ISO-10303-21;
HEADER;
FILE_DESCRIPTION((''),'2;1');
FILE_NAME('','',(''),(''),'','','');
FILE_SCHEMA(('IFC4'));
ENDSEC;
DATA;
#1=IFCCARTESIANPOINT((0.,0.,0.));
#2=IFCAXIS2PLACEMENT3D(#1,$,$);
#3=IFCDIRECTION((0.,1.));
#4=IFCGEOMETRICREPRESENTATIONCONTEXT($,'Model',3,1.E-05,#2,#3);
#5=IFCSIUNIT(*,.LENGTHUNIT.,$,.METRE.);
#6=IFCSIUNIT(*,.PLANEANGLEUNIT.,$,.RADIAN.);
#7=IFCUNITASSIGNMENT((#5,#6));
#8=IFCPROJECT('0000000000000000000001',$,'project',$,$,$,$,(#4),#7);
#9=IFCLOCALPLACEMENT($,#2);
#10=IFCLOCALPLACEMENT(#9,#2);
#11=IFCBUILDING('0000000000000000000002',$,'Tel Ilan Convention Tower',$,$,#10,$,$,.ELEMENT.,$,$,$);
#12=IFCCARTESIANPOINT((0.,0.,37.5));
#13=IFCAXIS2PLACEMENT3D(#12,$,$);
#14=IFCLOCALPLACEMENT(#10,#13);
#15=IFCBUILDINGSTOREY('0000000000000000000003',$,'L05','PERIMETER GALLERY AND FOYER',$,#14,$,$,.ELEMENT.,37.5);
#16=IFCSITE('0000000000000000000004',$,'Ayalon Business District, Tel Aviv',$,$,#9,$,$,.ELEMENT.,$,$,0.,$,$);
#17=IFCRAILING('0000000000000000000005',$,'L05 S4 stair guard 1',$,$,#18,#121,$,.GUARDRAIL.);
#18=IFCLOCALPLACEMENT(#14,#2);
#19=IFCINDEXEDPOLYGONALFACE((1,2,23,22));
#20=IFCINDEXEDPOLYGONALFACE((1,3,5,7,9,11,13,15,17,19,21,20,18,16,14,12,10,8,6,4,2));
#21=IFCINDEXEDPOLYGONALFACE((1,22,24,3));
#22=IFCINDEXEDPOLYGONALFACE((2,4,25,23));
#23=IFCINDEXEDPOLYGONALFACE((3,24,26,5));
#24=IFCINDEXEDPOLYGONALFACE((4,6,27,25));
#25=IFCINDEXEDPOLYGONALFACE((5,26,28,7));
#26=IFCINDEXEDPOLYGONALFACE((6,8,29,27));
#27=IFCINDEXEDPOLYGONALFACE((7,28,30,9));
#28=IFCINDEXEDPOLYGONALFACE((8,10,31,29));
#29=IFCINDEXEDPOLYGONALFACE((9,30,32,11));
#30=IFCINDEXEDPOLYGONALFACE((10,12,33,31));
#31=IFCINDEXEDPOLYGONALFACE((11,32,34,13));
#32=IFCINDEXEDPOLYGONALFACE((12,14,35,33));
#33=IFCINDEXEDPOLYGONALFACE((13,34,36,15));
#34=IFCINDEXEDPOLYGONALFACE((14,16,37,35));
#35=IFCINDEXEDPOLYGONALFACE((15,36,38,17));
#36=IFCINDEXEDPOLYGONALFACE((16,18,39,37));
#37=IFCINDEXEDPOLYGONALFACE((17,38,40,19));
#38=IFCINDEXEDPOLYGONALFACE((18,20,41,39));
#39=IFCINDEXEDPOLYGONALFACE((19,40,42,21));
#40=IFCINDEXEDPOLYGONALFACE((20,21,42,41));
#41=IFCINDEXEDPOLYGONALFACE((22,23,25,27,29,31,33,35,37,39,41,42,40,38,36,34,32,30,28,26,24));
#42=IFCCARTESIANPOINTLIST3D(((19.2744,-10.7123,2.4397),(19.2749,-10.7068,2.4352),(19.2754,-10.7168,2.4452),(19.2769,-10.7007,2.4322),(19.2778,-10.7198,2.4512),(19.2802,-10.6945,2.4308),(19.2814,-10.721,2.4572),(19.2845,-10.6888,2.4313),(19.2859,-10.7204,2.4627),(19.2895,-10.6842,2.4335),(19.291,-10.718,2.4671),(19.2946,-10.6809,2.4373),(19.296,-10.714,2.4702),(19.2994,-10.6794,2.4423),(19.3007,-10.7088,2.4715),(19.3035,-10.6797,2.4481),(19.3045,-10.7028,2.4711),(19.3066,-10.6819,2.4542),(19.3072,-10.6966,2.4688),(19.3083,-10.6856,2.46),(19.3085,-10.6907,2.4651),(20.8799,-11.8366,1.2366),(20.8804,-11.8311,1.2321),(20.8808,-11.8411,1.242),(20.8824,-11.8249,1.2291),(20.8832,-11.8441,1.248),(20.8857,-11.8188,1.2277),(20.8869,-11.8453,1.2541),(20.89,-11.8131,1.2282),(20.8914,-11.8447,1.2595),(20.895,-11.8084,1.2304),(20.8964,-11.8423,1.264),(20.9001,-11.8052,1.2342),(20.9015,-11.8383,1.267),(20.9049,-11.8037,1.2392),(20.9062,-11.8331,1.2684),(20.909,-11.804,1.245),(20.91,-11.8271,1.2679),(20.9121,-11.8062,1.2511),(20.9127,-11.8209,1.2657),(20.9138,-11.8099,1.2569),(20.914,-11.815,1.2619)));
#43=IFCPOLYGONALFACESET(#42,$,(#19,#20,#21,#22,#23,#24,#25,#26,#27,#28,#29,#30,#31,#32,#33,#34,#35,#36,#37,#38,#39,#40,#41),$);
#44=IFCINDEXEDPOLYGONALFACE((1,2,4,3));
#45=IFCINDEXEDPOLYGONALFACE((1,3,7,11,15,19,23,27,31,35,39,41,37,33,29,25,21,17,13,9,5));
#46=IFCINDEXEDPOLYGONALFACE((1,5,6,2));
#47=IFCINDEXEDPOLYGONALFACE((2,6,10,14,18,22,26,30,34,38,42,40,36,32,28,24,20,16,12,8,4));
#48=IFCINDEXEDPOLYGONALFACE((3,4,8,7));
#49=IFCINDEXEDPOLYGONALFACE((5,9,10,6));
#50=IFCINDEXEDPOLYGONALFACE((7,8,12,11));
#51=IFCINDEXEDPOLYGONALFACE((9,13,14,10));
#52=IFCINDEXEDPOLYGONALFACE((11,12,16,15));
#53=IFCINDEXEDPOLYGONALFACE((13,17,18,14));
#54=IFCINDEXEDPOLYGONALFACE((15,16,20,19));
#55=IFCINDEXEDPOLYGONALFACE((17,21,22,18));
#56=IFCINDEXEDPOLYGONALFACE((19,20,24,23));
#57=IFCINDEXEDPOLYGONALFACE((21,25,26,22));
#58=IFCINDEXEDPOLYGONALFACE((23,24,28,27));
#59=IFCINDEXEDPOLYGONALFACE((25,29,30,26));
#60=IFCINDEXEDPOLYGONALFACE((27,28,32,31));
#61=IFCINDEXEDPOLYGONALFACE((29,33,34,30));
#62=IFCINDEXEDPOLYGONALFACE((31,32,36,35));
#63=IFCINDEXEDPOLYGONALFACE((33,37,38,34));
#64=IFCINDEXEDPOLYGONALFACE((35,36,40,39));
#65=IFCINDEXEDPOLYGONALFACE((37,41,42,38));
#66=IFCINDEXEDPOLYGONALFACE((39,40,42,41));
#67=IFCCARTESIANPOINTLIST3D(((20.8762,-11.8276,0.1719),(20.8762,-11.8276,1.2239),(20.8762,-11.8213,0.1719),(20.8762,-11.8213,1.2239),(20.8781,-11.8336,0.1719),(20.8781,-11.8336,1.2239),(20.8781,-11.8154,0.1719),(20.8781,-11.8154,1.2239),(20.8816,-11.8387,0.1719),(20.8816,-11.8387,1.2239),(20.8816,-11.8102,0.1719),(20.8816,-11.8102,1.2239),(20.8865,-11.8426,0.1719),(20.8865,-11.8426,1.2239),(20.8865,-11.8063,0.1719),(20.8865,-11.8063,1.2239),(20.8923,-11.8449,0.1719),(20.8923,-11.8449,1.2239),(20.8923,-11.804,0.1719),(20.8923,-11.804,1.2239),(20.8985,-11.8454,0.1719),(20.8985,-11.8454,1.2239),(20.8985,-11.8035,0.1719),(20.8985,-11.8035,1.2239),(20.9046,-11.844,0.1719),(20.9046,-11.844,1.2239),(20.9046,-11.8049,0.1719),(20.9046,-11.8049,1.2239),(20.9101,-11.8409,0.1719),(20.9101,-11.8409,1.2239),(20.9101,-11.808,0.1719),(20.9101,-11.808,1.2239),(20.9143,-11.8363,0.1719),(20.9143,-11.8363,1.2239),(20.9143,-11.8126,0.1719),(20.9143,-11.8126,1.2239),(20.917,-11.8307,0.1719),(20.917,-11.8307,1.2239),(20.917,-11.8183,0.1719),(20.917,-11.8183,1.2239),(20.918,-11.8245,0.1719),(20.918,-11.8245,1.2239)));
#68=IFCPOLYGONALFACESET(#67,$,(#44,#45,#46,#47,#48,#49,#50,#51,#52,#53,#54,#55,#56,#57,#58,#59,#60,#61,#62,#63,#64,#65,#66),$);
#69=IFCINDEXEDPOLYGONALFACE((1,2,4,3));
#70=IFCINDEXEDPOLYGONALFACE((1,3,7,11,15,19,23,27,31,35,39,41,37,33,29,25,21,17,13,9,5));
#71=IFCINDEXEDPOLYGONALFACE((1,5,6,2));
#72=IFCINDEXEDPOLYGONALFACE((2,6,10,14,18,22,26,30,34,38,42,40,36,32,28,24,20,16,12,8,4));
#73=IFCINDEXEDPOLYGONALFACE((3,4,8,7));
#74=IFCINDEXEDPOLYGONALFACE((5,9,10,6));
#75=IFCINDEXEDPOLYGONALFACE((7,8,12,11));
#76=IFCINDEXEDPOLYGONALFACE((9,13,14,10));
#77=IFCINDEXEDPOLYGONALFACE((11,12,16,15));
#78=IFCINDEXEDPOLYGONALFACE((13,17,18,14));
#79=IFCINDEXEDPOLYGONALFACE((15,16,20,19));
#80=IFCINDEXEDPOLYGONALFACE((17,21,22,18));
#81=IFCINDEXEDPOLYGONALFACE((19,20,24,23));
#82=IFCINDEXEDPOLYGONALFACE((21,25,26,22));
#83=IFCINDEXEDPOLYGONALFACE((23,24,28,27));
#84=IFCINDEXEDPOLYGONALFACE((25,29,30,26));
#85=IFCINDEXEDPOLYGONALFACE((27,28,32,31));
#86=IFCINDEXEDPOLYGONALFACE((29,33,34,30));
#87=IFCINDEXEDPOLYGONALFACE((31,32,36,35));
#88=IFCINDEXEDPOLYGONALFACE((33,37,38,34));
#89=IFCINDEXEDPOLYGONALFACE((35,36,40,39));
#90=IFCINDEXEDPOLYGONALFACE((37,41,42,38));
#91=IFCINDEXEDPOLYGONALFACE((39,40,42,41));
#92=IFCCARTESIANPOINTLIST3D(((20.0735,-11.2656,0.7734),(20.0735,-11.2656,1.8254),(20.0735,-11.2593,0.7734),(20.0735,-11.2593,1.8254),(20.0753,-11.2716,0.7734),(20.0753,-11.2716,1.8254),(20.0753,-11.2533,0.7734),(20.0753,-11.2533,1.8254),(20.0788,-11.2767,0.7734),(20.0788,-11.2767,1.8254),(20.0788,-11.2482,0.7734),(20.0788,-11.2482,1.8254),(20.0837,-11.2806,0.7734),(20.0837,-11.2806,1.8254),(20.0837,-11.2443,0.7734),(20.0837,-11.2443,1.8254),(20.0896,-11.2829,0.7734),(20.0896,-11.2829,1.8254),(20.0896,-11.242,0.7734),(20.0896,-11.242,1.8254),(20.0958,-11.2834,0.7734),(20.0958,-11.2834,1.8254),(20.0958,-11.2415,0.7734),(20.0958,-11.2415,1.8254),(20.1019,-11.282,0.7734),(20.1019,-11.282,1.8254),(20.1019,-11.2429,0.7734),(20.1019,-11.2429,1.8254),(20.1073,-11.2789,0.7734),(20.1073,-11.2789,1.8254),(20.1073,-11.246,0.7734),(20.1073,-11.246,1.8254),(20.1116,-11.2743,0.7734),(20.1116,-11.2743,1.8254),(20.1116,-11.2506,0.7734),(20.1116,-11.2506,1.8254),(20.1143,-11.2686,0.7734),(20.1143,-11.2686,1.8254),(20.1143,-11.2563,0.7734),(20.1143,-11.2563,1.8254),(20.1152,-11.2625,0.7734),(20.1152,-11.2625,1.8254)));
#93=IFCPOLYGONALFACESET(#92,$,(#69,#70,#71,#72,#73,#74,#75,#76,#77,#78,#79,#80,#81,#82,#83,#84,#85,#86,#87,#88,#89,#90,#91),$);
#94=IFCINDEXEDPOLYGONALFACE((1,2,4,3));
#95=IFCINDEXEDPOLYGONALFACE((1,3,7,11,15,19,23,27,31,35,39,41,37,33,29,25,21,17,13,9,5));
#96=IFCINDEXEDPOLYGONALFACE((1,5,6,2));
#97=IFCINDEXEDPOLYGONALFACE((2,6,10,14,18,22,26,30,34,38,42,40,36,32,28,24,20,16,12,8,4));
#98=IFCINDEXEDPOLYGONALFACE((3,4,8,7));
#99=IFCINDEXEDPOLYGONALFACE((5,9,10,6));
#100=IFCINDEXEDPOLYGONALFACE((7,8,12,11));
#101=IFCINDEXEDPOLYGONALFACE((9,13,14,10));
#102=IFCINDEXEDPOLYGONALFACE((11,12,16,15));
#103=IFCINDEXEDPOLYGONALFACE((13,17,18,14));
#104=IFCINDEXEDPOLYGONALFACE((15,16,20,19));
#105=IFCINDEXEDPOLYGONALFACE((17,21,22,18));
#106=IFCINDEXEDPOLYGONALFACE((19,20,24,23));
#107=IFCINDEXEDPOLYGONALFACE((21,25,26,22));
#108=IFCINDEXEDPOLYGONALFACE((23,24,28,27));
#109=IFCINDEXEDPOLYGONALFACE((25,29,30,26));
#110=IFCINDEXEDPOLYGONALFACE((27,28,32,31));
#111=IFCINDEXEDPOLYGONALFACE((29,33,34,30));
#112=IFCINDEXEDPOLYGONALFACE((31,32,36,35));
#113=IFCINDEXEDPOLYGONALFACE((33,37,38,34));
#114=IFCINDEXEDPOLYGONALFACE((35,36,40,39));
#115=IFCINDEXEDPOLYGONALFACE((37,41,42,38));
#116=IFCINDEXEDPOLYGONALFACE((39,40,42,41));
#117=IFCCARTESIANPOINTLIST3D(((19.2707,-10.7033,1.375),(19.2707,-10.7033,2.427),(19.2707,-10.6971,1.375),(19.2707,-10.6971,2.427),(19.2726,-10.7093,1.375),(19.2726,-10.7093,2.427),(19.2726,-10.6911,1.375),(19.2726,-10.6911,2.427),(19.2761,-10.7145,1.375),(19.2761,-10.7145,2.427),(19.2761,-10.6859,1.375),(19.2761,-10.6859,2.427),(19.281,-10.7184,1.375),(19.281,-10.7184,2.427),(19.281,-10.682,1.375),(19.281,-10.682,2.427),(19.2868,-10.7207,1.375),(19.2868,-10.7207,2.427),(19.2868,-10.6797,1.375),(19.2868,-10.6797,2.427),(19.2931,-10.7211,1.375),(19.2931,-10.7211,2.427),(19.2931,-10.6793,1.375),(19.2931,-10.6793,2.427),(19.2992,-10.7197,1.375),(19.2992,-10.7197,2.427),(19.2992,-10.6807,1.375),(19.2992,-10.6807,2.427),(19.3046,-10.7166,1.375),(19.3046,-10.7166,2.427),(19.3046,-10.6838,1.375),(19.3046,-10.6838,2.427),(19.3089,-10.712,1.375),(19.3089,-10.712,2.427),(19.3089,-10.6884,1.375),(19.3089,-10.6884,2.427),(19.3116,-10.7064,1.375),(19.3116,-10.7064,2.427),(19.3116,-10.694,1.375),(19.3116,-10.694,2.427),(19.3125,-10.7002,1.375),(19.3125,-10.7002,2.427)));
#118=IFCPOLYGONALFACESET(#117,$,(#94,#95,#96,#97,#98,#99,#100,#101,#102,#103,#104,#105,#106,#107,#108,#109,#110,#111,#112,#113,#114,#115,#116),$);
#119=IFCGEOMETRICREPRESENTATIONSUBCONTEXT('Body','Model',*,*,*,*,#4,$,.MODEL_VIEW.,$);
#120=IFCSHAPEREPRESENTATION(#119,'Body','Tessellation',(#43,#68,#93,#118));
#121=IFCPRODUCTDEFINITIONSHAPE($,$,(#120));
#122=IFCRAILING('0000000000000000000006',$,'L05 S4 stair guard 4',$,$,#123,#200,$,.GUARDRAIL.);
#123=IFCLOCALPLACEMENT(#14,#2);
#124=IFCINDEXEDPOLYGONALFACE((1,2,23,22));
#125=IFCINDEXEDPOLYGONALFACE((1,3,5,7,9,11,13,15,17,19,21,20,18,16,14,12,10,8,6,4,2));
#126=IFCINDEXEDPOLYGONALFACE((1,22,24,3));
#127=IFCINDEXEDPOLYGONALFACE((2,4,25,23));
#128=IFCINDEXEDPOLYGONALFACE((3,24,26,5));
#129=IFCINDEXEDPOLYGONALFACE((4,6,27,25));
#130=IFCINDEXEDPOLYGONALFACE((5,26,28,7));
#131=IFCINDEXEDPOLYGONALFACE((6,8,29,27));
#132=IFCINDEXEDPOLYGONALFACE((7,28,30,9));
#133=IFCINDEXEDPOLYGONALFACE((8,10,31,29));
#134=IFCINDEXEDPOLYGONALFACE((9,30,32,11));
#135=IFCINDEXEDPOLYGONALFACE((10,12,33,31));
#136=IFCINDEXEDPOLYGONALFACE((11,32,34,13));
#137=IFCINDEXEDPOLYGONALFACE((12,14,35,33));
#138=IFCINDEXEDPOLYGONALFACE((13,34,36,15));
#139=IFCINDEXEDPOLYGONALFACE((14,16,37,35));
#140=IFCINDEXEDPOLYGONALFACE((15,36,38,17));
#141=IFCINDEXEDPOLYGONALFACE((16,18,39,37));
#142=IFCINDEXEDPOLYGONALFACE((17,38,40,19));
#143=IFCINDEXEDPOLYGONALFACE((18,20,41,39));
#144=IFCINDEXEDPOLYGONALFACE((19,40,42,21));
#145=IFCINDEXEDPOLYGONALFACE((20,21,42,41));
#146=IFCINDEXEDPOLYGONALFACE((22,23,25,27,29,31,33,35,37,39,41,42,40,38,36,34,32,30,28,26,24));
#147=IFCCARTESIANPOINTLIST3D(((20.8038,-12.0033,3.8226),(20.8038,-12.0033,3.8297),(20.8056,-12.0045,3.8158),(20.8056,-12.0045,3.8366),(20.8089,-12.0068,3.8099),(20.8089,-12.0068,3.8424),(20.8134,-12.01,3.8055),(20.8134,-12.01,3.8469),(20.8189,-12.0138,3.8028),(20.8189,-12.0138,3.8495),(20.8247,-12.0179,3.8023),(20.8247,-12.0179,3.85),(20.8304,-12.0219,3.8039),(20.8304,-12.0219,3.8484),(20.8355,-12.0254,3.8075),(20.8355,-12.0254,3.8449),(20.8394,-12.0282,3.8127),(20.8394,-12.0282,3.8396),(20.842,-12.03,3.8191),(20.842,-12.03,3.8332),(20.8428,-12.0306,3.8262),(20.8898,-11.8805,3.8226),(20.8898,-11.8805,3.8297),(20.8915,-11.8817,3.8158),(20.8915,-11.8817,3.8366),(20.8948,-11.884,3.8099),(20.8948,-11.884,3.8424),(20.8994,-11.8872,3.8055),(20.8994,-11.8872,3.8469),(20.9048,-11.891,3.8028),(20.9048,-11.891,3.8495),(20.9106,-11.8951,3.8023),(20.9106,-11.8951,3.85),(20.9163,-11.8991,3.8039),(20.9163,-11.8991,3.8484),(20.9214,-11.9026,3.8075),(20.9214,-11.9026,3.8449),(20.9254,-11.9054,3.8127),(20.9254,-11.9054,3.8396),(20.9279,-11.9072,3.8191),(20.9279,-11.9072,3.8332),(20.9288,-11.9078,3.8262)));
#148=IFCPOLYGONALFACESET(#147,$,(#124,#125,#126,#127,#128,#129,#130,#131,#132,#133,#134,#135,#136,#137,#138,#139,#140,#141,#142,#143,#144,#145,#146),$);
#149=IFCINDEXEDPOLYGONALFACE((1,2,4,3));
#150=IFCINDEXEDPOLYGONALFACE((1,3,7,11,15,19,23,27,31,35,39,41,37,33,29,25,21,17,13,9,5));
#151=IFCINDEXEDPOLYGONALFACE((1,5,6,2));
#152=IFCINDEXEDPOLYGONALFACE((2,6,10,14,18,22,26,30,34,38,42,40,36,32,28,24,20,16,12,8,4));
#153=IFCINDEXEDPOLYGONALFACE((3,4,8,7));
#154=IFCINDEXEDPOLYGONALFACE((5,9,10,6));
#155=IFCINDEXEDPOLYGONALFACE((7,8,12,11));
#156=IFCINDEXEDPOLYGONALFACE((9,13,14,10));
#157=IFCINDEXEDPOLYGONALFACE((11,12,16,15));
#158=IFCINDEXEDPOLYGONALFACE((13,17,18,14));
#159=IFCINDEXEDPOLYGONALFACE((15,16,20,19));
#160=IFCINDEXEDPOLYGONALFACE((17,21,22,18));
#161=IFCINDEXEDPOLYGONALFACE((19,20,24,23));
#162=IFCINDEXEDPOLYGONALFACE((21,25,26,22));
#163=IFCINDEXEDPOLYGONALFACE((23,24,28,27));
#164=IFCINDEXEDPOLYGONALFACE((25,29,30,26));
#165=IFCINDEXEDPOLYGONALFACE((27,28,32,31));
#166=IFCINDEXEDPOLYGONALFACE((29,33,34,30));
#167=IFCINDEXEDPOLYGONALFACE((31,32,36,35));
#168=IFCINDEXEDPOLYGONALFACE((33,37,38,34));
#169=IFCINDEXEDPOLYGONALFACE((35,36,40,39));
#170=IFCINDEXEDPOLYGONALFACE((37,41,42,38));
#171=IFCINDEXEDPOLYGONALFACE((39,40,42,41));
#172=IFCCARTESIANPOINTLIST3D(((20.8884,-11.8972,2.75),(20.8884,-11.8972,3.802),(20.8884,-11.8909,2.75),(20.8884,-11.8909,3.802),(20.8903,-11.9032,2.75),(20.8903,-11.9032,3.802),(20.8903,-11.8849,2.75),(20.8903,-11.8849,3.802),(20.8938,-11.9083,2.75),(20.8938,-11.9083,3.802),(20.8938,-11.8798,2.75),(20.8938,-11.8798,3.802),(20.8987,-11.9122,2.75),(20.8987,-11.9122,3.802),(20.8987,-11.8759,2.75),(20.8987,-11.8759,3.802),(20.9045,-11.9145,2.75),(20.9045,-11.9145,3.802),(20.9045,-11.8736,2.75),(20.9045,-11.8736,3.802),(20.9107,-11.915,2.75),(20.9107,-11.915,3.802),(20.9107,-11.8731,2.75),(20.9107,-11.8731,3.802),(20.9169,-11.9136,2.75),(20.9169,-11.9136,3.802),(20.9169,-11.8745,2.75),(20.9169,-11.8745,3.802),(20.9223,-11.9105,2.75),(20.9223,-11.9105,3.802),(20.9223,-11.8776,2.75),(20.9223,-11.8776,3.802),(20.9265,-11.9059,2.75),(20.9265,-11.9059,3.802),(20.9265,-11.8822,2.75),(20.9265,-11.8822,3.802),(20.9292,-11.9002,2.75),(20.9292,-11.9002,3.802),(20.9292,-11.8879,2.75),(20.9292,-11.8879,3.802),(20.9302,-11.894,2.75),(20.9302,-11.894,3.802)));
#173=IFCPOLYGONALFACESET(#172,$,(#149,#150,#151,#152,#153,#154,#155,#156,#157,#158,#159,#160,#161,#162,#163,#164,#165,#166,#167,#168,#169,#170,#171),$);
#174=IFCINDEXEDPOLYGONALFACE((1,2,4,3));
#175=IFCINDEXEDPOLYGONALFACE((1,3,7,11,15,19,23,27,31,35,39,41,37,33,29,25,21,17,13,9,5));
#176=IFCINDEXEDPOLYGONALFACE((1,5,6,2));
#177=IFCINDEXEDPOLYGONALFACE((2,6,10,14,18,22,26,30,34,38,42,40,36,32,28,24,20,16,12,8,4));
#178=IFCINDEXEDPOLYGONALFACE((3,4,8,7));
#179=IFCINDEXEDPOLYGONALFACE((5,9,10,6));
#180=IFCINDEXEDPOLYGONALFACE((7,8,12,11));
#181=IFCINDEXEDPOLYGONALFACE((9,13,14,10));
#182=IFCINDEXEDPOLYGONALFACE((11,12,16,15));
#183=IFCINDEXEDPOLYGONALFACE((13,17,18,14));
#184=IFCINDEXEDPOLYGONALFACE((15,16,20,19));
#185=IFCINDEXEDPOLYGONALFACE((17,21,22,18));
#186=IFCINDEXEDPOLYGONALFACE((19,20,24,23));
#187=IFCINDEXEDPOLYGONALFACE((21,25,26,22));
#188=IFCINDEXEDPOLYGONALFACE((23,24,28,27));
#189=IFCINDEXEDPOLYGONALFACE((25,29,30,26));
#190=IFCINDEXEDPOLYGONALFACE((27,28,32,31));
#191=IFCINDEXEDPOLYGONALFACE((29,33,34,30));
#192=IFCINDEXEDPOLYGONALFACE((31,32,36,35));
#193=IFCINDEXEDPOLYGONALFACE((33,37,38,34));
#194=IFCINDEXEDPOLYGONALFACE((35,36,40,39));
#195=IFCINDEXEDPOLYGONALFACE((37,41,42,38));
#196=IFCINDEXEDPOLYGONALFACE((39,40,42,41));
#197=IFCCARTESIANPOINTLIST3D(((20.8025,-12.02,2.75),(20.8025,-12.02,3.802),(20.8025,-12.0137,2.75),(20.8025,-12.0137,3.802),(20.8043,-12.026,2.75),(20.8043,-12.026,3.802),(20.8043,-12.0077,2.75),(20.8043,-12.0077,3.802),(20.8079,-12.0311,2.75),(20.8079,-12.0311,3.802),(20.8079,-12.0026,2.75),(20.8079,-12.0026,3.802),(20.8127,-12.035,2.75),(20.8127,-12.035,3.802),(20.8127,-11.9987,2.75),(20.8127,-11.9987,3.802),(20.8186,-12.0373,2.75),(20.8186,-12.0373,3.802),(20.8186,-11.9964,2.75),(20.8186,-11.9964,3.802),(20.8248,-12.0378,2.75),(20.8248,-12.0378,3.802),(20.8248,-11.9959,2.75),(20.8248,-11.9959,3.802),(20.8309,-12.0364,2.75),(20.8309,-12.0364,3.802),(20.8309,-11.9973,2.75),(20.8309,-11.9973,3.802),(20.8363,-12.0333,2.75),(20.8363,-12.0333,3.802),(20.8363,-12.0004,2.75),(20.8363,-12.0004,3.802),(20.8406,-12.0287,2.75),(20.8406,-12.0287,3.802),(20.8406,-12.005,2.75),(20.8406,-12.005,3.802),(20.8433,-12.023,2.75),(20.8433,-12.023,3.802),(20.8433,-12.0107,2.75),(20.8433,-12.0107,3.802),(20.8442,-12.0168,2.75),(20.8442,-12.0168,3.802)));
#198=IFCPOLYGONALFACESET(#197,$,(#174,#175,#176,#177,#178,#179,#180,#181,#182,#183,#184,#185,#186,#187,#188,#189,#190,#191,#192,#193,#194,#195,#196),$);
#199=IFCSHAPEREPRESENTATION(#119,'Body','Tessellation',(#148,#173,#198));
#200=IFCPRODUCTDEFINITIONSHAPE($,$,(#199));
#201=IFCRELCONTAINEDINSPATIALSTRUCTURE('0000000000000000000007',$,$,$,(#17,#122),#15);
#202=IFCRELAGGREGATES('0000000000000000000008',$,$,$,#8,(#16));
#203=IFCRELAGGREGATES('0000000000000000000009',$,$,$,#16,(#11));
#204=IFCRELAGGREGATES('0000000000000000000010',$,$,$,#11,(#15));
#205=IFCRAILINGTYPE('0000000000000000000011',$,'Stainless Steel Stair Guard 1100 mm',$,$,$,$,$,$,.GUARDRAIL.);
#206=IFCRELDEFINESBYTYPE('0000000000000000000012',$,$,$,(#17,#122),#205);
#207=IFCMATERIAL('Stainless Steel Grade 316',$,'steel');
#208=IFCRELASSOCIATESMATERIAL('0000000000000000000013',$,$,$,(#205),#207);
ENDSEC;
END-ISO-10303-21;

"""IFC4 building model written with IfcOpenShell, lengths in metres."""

from ifc_helpers import new_model, si_unit, direction, frame, origin, origin_2d, place, context, subcontext, project, spatial, circle, extrude, material, type_object, element, save


model = new_model("IFC4")

# Units and contexts
model_context = context("Model", 3, precision=1e-05, world=origin(), true_north=direction((0.0, 1.0)))
body_context = subcontext(model_context, "Body", "Model", "MODEL_VIEW")
ifc_project = project(units=[si_unit("LENGTHUNIT", "METRE"), si_unit("PLANEANGLEUNIT", "RADIAN")], contexts=[model_context])

# Site, building, storey
site_placement = place(None, origin())
site = spatial("IfcSite", under=ifc_project, at=site_placement, Name="Ayalon Business District, Tel Aviv", CompositionType="ELEMENT", RefElevation=0.0)
building_placement = place(site_placement, origin())
building = spatial("IfcBuilding", under=site, at=building_placement, Name="Tel Ilan Convention Tower", CompositionType="ELEMENT")
storey_placement = place(building_placement, frame((0.0, 0.0, 37.5)))
storey = spatial("IfcBuildingStorey", under=building, at=storey_placement, Name="L05", Description="PERIMETER GALLERY AND FOYER", CompositionType="ELEMENT", Elevation=37.5)

# Railings
ifc_material_1 = material(Name="Stainless Steel Grade 316", Category="steel")
railing_type_1 = type_object("IfcRailingType", Name="Stainless Steel Stair Guard 1100 mm", PredefinedType="GUARDRAIL", material=ifc_material_1)
railing_1_placement = place(storey_placement, frame((20.897, -11.8245, 0.1719)))
element("IfcRailing", 1, at=railing_1_placement, inside=storey, type_object=railing_type_1, Name="L05 S4 stair guard 1", PredefinedType="GUARDRAIL", context=body_context, shape_type="SweptSolid", body=[
    extrude(circle(Radius=0.0239, at=origin_2d()), frame((0.0, 0.0, 1.0762), z_axis=(-0.698095, 0.488857, 0.523146), x_axis=(-0.573613, -0.819127, 0.0)), (0.0, 0.0, 1.0), 2.2998),
    extrude(circle(Radius=0.021, at=origin_2d()), origin(), (0.0, 0.0, 1.0), 1.052),
    extrude(circle(Radius=0.021, at=origin_2d()), frame((-0.8027, 0.562, 0.6016)), (0.0, 0.0, 1.0), 1.052),
    extrude(circle(Radius=0.021, at=origin_2d()), frame((-1.6055, 1.1243, 1.2031)), (0.0, 0.0, 1.0), 1.052),
])
railing_2_placement = place(storey_placement, frame((20.9092, -11.894, 2.75)))
element("IfcRailing", 2, at=railing_2_placement, inside=storey, type_object=railing_type_1, Name="L05 S4 stair guard 4", PredefinedType="GUARDRAIL", context=body_context, shape_type="SweptSolid", body=[
    extrude(circle(Radius=0.0239, at=origin_2d()), frame((0.0, 0.0, 1.0762), z_axis=(-0.573353, -0.819308, 0.0), x_axis=(0.819308, -0.573353, 0.0)), (0.0, 0.0, 1.0), 0.1499),
    extrude(circle(Radius=0.021, at=origin_2d()), origin(), (0.0, 0.0, 1.0), 1.052),
    extrude(circle(Radius=0.021, at=origin_2d()), frame((-0.0859, -0.1228, 0.0)), (0.0, 0.0, 1.0), 1.052),
])

save(model, "model.ifc")
